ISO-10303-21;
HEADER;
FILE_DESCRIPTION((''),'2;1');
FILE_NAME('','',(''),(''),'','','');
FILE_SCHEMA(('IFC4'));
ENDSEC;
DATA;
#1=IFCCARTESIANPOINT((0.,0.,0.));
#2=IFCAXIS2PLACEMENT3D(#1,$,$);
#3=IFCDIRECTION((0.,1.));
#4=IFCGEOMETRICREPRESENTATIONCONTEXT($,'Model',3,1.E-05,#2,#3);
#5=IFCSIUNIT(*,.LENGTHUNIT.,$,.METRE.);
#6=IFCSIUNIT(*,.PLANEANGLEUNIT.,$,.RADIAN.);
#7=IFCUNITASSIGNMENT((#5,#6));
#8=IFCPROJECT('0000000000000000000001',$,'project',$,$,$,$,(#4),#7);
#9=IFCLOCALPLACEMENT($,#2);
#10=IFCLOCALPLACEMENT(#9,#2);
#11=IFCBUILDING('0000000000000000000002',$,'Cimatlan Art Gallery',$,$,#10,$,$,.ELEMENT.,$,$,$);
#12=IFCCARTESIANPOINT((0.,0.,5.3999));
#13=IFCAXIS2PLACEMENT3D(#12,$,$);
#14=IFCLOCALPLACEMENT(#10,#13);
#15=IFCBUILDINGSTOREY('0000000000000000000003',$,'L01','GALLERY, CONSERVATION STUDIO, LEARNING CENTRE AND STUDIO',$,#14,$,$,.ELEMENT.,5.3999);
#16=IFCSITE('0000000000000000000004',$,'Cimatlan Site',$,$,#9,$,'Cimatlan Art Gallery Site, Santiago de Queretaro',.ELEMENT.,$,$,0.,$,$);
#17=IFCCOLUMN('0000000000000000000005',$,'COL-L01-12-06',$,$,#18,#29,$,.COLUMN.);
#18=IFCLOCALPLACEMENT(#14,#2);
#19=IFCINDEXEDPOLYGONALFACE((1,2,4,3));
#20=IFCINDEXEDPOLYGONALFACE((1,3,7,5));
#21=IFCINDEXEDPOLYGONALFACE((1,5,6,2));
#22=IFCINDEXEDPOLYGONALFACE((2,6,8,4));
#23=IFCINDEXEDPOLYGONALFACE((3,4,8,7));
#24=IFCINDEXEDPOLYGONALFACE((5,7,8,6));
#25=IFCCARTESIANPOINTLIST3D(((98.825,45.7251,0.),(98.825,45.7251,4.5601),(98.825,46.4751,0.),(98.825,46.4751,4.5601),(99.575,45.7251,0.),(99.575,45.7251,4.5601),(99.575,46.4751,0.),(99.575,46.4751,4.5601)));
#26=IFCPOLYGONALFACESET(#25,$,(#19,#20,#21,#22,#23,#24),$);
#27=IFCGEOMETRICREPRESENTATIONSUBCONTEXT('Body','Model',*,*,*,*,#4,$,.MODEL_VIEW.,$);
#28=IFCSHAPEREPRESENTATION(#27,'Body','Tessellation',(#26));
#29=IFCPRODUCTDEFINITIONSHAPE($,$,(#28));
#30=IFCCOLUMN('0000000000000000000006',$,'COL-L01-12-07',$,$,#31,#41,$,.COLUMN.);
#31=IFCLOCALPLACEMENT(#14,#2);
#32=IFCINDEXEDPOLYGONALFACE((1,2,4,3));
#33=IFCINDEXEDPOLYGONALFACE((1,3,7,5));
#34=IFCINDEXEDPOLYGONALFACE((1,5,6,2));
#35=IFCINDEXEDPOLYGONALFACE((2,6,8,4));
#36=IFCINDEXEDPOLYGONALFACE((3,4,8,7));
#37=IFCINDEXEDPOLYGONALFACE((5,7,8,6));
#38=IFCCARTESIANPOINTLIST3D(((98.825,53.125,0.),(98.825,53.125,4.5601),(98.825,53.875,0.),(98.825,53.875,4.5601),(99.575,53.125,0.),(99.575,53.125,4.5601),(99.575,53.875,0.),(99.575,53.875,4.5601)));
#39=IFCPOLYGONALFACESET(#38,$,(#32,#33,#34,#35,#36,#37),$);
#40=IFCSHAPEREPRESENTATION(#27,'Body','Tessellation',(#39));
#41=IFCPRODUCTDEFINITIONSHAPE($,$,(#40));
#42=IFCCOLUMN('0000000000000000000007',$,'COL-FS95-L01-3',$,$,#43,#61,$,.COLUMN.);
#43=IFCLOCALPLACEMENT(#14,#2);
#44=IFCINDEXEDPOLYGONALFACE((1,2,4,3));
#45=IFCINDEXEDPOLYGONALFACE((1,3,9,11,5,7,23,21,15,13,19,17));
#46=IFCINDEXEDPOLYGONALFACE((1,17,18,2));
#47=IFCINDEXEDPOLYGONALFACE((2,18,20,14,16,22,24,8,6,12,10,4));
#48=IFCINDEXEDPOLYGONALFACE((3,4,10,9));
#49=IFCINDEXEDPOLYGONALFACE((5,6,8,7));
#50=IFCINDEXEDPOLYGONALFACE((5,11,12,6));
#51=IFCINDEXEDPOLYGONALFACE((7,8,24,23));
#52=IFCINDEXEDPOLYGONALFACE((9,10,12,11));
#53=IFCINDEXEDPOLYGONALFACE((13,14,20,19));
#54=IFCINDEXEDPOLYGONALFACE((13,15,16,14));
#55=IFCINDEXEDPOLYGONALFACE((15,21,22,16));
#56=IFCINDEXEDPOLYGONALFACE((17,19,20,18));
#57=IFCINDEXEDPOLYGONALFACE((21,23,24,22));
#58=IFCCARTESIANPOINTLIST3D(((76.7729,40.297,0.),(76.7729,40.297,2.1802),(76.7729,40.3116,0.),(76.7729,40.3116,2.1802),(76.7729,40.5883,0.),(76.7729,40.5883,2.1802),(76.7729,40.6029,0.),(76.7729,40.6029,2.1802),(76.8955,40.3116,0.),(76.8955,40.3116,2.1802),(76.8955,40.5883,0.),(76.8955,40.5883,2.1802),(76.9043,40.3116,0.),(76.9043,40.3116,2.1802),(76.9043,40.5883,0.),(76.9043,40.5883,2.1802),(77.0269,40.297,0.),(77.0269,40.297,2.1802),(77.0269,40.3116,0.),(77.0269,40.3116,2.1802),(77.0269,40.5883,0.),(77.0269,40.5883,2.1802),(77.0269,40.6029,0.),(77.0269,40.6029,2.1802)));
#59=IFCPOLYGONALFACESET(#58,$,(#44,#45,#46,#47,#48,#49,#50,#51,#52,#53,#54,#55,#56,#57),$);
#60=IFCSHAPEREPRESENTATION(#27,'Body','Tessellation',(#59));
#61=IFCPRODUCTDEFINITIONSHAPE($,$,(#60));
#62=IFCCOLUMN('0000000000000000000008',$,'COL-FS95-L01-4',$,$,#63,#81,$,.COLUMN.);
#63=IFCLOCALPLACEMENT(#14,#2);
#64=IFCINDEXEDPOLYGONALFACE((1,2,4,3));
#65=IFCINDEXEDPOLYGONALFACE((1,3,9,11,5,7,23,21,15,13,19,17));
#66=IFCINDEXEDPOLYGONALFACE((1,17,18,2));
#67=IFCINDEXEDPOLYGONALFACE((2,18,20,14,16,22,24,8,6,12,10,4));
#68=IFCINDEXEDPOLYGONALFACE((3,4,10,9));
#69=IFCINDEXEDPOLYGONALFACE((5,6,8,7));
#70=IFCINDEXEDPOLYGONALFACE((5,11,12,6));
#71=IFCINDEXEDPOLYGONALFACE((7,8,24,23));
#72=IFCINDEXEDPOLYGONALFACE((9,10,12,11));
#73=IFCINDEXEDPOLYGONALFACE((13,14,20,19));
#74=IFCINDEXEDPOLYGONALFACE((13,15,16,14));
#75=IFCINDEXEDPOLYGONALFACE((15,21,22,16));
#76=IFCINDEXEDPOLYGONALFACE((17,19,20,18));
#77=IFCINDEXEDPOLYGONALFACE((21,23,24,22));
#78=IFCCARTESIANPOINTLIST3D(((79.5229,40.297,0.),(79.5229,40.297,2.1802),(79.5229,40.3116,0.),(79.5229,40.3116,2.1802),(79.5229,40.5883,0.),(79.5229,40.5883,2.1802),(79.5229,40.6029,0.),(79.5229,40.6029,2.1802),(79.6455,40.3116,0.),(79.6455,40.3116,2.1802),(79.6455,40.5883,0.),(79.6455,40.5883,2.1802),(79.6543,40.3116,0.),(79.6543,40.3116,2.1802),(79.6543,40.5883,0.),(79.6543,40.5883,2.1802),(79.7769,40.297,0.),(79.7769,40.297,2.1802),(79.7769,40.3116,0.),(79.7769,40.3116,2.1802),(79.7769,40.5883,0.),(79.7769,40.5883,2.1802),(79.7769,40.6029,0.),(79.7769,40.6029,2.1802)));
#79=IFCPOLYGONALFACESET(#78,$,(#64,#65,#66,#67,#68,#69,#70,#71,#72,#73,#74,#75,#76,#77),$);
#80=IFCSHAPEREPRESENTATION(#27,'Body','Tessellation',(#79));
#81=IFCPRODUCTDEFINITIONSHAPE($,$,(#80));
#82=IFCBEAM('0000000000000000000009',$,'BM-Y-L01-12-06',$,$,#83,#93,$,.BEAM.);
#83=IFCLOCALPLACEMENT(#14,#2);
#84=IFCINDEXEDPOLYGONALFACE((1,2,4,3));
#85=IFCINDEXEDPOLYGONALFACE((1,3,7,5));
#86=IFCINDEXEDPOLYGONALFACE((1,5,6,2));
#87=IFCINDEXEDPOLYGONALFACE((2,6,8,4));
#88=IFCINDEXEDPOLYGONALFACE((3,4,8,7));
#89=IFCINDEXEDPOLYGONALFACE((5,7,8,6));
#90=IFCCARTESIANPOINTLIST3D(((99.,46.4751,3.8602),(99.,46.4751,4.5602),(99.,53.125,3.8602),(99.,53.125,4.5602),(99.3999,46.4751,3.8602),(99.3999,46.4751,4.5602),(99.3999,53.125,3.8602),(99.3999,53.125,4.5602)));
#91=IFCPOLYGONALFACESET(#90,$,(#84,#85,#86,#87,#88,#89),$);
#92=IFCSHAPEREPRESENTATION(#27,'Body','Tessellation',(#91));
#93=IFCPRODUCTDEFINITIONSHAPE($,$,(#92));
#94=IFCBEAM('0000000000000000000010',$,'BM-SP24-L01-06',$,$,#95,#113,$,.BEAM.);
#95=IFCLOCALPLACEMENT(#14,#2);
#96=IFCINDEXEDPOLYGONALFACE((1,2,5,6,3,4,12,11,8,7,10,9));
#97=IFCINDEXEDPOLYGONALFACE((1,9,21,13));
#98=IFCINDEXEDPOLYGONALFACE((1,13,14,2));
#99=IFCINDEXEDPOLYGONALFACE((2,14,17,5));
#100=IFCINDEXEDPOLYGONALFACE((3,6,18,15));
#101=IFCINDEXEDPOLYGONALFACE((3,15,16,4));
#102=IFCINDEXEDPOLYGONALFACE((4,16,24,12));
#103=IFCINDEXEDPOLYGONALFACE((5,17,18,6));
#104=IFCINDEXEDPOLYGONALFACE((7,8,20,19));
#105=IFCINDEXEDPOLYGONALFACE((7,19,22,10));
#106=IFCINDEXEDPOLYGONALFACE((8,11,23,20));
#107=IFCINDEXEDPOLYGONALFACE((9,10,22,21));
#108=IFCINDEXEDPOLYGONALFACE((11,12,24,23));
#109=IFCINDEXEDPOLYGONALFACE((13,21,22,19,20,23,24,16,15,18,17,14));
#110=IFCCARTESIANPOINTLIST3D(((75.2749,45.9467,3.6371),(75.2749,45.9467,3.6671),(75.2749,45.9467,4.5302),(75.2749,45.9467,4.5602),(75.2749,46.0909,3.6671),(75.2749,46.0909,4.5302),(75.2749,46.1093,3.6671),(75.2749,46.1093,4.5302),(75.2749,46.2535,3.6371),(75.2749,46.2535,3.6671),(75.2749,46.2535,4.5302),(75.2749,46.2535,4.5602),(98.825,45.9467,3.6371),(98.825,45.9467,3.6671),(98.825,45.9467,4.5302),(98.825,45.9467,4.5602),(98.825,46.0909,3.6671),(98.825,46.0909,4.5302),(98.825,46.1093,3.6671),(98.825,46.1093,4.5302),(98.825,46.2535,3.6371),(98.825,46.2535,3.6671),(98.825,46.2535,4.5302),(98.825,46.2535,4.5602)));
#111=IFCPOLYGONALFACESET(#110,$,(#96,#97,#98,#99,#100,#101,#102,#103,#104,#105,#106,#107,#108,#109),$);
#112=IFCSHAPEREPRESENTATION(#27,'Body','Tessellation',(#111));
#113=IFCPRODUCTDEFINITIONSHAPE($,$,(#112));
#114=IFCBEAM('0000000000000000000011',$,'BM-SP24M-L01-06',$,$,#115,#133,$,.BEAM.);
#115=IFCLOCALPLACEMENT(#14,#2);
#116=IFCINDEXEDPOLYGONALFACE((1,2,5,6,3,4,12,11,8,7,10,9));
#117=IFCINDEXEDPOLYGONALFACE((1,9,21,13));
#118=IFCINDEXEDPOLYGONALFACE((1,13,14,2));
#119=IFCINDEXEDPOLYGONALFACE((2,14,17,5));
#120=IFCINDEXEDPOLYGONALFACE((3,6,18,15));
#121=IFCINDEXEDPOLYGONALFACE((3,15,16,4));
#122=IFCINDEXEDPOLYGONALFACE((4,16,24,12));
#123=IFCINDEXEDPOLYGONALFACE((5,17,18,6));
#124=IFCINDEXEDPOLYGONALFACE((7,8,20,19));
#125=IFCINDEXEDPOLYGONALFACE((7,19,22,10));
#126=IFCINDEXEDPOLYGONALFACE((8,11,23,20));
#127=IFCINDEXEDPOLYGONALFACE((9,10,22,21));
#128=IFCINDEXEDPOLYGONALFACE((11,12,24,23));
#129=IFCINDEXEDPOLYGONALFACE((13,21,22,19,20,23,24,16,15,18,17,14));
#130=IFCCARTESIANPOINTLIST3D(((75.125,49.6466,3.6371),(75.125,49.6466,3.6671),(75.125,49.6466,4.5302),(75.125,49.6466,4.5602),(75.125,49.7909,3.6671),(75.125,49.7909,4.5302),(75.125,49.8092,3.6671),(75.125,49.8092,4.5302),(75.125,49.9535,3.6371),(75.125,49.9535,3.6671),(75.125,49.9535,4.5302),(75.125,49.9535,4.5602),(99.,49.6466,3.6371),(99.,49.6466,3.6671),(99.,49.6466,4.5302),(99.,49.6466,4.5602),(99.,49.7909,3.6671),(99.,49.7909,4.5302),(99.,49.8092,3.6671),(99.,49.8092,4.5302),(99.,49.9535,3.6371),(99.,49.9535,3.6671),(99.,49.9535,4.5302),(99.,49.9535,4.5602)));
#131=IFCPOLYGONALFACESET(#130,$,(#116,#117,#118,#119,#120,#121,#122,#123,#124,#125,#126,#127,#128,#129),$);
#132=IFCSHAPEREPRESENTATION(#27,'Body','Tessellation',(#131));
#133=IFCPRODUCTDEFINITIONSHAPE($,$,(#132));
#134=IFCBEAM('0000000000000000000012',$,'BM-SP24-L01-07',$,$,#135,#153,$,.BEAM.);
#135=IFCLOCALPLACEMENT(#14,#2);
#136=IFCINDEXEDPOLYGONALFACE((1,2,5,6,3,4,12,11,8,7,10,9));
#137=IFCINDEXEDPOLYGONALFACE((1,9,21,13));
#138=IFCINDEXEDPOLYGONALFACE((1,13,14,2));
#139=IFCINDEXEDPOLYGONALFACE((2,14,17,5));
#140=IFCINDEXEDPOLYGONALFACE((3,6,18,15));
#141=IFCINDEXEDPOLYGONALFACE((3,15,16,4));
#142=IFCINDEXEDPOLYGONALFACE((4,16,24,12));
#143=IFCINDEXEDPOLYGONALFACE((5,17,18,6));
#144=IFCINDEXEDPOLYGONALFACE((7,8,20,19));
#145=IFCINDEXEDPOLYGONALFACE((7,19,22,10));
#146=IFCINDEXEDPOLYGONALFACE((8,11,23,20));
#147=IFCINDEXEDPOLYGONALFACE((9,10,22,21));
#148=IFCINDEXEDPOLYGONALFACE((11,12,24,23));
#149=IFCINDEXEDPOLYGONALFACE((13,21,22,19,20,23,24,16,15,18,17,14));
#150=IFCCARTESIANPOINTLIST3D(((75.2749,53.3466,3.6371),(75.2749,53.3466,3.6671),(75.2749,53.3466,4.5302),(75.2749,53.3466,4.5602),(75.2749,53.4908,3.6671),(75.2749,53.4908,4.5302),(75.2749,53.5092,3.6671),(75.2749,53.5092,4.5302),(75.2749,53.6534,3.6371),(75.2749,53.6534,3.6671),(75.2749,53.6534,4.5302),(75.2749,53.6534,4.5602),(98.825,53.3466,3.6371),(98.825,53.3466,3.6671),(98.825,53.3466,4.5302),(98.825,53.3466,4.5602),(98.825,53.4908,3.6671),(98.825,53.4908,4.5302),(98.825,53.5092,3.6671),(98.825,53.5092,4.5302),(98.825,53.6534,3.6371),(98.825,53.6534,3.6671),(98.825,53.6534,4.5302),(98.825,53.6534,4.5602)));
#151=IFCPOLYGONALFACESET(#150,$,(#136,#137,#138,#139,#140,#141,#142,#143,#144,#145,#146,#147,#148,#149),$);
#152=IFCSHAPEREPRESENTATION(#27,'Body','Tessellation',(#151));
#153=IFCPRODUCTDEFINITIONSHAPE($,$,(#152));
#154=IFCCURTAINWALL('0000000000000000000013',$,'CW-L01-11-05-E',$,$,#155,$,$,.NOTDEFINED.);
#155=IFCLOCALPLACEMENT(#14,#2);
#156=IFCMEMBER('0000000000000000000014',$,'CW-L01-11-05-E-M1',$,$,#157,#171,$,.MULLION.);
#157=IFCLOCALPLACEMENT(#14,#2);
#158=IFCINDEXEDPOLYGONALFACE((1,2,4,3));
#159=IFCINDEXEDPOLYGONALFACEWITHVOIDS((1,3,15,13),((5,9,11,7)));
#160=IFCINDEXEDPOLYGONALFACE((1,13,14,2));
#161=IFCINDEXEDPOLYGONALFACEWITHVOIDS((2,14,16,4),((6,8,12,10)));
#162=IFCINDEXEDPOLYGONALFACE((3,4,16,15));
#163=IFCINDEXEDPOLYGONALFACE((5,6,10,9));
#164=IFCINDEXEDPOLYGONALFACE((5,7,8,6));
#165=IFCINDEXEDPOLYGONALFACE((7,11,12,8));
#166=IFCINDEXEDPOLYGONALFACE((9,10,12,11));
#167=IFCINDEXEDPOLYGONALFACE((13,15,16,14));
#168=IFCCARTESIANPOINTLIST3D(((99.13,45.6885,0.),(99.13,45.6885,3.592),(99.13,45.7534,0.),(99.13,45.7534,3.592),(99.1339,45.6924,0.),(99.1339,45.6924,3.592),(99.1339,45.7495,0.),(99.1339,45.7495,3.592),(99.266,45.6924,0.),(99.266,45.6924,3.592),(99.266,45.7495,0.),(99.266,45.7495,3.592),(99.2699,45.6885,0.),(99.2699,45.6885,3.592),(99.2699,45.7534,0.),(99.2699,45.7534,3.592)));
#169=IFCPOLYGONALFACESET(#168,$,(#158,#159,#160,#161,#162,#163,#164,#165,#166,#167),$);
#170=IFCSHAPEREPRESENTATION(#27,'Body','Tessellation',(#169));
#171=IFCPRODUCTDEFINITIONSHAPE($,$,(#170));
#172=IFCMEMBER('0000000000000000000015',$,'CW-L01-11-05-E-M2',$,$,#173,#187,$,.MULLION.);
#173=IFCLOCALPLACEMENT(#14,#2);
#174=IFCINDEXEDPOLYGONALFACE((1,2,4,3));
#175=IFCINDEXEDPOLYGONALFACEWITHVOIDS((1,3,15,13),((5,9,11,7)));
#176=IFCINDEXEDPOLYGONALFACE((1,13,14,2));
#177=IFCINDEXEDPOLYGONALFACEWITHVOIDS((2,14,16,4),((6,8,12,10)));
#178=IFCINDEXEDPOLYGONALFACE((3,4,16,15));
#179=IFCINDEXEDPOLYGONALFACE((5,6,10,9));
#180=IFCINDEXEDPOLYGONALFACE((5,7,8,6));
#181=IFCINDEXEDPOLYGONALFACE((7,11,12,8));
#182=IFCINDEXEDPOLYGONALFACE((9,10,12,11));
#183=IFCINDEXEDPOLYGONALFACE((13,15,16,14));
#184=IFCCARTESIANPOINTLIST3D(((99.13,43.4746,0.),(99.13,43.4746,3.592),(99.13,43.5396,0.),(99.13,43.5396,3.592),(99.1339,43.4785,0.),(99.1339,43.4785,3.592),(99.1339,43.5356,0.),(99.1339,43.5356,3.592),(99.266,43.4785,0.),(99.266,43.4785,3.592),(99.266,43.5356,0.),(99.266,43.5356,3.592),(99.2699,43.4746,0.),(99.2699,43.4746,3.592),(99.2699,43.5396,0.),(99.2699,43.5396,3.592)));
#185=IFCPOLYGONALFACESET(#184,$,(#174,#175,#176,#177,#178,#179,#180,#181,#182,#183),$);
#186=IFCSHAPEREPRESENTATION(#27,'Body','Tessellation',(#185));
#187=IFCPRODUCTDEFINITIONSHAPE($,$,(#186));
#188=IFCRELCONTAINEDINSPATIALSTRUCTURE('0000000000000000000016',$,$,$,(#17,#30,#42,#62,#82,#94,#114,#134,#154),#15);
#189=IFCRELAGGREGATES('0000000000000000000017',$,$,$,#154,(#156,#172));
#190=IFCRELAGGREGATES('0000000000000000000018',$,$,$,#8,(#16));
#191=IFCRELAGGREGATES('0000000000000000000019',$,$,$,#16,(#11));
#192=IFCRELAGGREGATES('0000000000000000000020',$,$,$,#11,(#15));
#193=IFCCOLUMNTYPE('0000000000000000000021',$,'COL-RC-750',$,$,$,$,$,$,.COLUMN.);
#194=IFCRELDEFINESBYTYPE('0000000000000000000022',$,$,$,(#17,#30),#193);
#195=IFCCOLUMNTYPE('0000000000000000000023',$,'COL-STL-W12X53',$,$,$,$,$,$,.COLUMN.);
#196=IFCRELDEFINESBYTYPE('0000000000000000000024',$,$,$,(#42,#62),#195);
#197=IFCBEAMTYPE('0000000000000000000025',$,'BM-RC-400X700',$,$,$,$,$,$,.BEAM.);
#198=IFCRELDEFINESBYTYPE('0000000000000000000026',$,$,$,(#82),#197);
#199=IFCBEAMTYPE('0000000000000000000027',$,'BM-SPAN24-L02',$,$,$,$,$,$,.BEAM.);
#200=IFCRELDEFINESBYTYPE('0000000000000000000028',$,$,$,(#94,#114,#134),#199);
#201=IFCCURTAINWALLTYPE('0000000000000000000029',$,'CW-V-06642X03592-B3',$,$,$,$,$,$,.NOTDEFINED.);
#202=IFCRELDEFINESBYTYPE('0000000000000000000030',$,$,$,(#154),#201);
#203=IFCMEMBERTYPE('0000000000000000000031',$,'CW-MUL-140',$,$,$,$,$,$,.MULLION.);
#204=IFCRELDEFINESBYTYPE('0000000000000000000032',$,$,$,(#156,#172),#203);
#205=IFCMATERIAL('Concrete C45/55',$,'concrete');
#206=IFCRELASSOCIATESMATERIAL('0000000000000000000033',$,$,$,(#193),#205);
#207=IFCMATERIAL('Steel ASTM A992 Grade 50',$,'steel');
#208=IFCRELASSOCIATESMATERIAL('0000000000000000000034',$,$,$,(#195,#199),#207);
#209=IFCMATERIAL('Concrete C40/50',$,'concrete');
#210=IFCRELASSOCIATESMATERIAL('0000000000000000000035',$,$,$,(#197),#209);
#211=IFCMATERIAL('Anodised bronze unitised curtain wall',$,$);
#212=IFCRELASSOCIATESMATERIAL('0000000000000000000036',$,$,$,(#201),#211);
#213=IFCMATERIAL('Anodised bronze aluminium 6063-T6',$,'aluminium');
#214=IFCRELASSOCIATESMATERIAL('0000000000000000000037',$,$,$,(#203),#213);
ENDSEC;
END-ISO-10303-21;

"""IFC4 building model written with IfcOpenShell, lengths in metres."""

from ifc_helpers import new_model, si_unit, direction, frame, origin, origin_2d, place, context, subcontext, project, spatial, rectangle, hollow_rectangle, i_section, extrude, material, material_profile, profile_set, type_object, element, aggregate, save


model = new_model("IFC4")

# Units and contexts
model_context = context("Model", 3, precision=1e-05, world=origin(), true_north=direction((0.0, 1.0)))
body_context = subcontext(model_context, "Body", "Model", "MODEL_VIEW")
ifc_project = project(units=[si_unit("LENGTHUNIT", "METRE"), si_unit("PLANEANGLEUNIT", "RADIAN")], contexts=[model_context])

# Site, building, storey
site_placement = place(None, origin())
site = spatial("IfcSite", under=ifc_project, at=site_placement, Name="Cimatlan Site", LongName="Cimatlan Art Gallery Site, Santiago de Queretaro", CompositionType="ELEMENT", RefElevation=0.0)
building_placement = place(site_placement, origin())
building = spatial("IfcBuilding", under=site, at=building_placement, Name="Cimatlan Art Gallery", CompositionType="ELEMENT")
storey_placement = place(building_placement, frame((0.0, 0.0, 5.3999)))
storey = spatial("IfcBuildingStorey", under=building, at=storey_placement, Name="L01", Description="GALLERY, CONSERVATION STUDIO, LEARNING CENTRE AND STUDIO", CompositionType="ELEMENT", Elevation=5.3999)

# Columns
ifc_material_1 = material(Name="Concrete C45/55", Category="concrete")
ifc_material_profile_1 = material_profile(ifc_material_1, rectangle(XDim=0.75, YDim=0.75, at=origin_2d()), Name="RC750X750")
ifc_profile_set_1 = profile_set([ifc_material_profile_1], Name="Concrete C45/55")
column_type_1 = type_object("IfcColumnType", Name="COL-RC-750", PredefinedType="COLUMN", material=ifc_profile_set_1)
for number, where, z_axis, x_axis, name in (
    (1, (99.2, 46.1001, 0.0), (0.0, 0.0, 1.0), (1.0, 0.0, 0.0), "COL-L01-12-06"),
    (2, (99.2, 53.5, 0.0), (0.0, 0.0, 1.0), (1.0, 0.0, 0.0), "COL-L01-12-07"),
):
    element("IfcColumn", number, at=place(storey_placement, frame(where, z_axis=z_axis, x_axis=x_axis)), inside=storey, type_object=column_type_1, Name=name, PredefinedType="COLUMN", context=body_context, shape_type="SweptSolid", body=[
        extrude(rectangle(XDim=0.75, YDim=0.75, at=origin_2d()), origin(), (0.0, 0.0, 1.0), 4.5601),
    ])
ifc_material_2 = material(Name="Steel ASTM A992 Grade 50", Category="steel")
ifc_material_profile_2 = material_profile(ifc_material_2, i_section(OverallWidth=0.2539, OverallDepth=0.3059, WebThickness=0.0088, FlangeThickness=0.0146, at=origin_2d()), Name="W12X53")
ifc_profile_set_2 = profile_set([ifc_material_profile_2], Name="Steel ASTM A992 Grade 50")
column_type_2 = type_object("IfcColumnType", Name="COL-STL-W12X53", PredefinedType="COLUMN", material=ifc_profile_set_2)
for number, where, z_axis, x_axis, name in (
    (3, (76.8999, 40.45, 0.0), (0.0, 0.0, 1.0), (1.0, 0.0, 0.0), "COL-FS95-L01-3"),
    (4, (79.6499, 40.45, 0.0), (0.0, 0.0, 1.0), (1.0, 0.0, 0.0), "COL-FS95-L01-4"),
):
    element("IfcColumn", number, at=place(storey_placement, frame(where, z_axis=z_axis, x_axis=x_axis)), inside=storey, type_object=column_type_2, Name=name, PredefinedType="COLUMN", context=body_context, shape_type="SweptSolid", body=[
        extrude(i_section(OverallWidth=0.2539, OverallDepth=0.3059, WebThickness=0.0088, FlangeThickness=0.0146, at=origin_2d()), origin(), (0.0, 0.0, 1.0), 2.1802),
    ])

# Beams
ifc_material_3 = material(Name="Concrete C40/50", Category="concrete")
ifc_material_profile_3 = material_profile(ifc_material_3, rectangle(XDim=0.3999, YDim=0.7, at=origin_2d()), Name="RC400X700")
ifc_profile_set_3 = profile_set([ifc_material_profile_3], Name="Concrete C40/50")
beam_type_1 = type_object("IfcBeamType", Name="BM-RC-400X700", PredefinedType="BEAM", material=ifc_profile_set_3)
beam_1_placement = place(storey_placement, frame((99.2, 46.4751, 4.2102), z_axis=(0.0, 1.0, 0.0), x_axis=(-1.0, 0.0, 0.0)))
element("IfcBeam", 5, at=beam_1_placement, inside=storey, type_object=beam_type_1, Name="BM-Y-L01-12-06", PredefinedType="BEAM", context=body_context, shape_type="SweptSolid", body=[
    extrude(rectangle(XDim=0.3999, YDim=0.7, at=origin_2d()), origin(), (0.0, 0.0, 1.0), 6.6499),
])
ifc_material_profile_4 = material_profile(ifc_material_2, i_section(OverallWidth=0.3069, OverallDepth=0.9231, WebThickness=0.0183, FlangeThickness=0.03, at=origin_2d()), Name="W36X182")
ifc_profile_set_4 = profile_set([ifc_material_profile_4], Name="Steel ASTM A992 Grade 50")
beam_type_2 = type_object("IfcBeamType", Name="BM-SPAN24-L02", PredefinedType="BEAM", material=ifc_profile_set_4)
beam_2_placement = place(storey_placement, frame((75.2749, 46.1001, 4.0986), z_axis=(1.0, 0.0, 0.0), x_axis=(0.0, 1.0, 0.0)))
element("IfcBeam", 6, at=beam_2_placement, inside=storey, type_object=beam_type_2, Name="BM-SP24-L01-06", PredefinedType="BEAM", context=body_context, shape_type="SweptSolid", body=[
    extrude(i_section(OverallWidth=0.3069, OverallDepth=0.9231, WebThickness=0.0183, FlangeThickness=0.03, at=origin_2d()), origin(), (0.0, 0.0, 1.0), 23.55),
])
beam_3_placement = place(storey_placement, frame((75.125, 49.8, 4.0986), z_axis=(1.0, 0.0, 0.0), x_axis=(0.0, 1.0, 0.0)))
element("IfcBeam", 7, at=beam_3_placement, inside=storey, type_object=beam_type_2, Name="BM-SP24M-L01-06", PredefinedType="BEAM", context=body_context, shape_type="SweptSolid", body=[
    extrude(i_section(OverallWidth=0.3069, OverallDepth=0.9231, WebThickness=0.0183, FlangeThickness=0.03, at=origin_2d()), origin(), (0.0, 0.0, 1.0), 23.875),
])
beam_4_placement = place(storey_placement, frame((75.2749, 53.5, 4.0986), z_axis=(1.0, 0.0, 0.0), x_axis=(0.0, 1.0, 0.0)))
element("IfcBeam", 8, at=beam_4_placement, inside=storey, type_object=beam_type_2, Name="BM-SP24-L01-07", PredefinedType="BEAM", context=body_context, shape_type="SweptSolid", body=[
    extrude(i_section(OverallWidth=0.3069, OverallDepth=0.9231, WebThickness=0.0183, FlangeThickness=0.03, at=origin_2d()), origin(), (0.0, 0.0, 1.0), 23.55),
])

# Curtain wall, members
ifc_material_4 = material(Name="Anodised bronze unitised curtain wall")
curtain_wall_type_1 = type_object("IfcCurtainWallType", Name="CW-V-06642X03592-B3", PredefinedType="NOTDEFINED", material=ifc_material_4)
curtain_wall_1_placement = place(storey_placement, origin())
curtain_wall_1 = element("IfcCurtainWall", 9, at=curtain_wall_1_placement, inside=storey, type_object=curtain_wall_type_1, Name="CW-L01-11-05-E", PredefinedType="NOTDEFINED")
ifc_material_5 = material(Name="Anodised bronze aluminium 6063-T6", Category="aluminium")
ifc_material_profile_5 = material_profile(ifc_material_5, hollow_rectangle(XDim=0.0649, YDim=0.1399, WallThickness=0.0039, at=origin_2d()), Name="ALU65X140X4")
ifc_profile_set_5 = profile_set([ifc_material_profile_5], Name="Anodised bronze aluminium 6063-T6")
member_type_1 = type_object("IfcMemberType", Name="CW-MUL-140", PredefinedType="MULLION", material=ifc_profile_set_5)
member_1_placement = place(storey_placement, frame((99.2, 45.7209, 0.0), z_axis=(0.0, 0.0, 1.0), x_axis=(0.0, 1.0, 0.0)))
member_1 = element("IfcMember", 10, at=member_1_placement, type_object=member_type_1, Name="CW-L01-11-05-E-M1", PredefinedType="MULLION", context=body_context, shape_type="SweptSolid", body=[
    extrude(hollow_rectangle(XDim=0.0649, YDim=0.1399, WallThickness=0.0039, at=origin_2d()), origin(), (0.0, 0.0, 1.0), 3.592),
])
member_2_placement = place(storey_placement, frame((99.2, 43.5071, 0.0), z_axis=(0.0, 0.0, 1.0), x_axis=(0.0, 1.0, 0.0)))
member_2 = element("IfcMember", 11, at=member_2_placement, type_object=member_type_1, Name="CW-L01-11-05-E-M2", PredefinedType="MULLION", context=body_context, shape_type="SweptSolid", body=[
    extrude(hollow_rectangle(XDim=0.0649, YDim=0.1399, WallThickness=0.0039, at=origin_2d()), origin(), (0.0, 0.0, 1.0), 3.592),
])

aggregate(curtain_wall_1, [member_1, member_2])

save(model, "model.ifc")
